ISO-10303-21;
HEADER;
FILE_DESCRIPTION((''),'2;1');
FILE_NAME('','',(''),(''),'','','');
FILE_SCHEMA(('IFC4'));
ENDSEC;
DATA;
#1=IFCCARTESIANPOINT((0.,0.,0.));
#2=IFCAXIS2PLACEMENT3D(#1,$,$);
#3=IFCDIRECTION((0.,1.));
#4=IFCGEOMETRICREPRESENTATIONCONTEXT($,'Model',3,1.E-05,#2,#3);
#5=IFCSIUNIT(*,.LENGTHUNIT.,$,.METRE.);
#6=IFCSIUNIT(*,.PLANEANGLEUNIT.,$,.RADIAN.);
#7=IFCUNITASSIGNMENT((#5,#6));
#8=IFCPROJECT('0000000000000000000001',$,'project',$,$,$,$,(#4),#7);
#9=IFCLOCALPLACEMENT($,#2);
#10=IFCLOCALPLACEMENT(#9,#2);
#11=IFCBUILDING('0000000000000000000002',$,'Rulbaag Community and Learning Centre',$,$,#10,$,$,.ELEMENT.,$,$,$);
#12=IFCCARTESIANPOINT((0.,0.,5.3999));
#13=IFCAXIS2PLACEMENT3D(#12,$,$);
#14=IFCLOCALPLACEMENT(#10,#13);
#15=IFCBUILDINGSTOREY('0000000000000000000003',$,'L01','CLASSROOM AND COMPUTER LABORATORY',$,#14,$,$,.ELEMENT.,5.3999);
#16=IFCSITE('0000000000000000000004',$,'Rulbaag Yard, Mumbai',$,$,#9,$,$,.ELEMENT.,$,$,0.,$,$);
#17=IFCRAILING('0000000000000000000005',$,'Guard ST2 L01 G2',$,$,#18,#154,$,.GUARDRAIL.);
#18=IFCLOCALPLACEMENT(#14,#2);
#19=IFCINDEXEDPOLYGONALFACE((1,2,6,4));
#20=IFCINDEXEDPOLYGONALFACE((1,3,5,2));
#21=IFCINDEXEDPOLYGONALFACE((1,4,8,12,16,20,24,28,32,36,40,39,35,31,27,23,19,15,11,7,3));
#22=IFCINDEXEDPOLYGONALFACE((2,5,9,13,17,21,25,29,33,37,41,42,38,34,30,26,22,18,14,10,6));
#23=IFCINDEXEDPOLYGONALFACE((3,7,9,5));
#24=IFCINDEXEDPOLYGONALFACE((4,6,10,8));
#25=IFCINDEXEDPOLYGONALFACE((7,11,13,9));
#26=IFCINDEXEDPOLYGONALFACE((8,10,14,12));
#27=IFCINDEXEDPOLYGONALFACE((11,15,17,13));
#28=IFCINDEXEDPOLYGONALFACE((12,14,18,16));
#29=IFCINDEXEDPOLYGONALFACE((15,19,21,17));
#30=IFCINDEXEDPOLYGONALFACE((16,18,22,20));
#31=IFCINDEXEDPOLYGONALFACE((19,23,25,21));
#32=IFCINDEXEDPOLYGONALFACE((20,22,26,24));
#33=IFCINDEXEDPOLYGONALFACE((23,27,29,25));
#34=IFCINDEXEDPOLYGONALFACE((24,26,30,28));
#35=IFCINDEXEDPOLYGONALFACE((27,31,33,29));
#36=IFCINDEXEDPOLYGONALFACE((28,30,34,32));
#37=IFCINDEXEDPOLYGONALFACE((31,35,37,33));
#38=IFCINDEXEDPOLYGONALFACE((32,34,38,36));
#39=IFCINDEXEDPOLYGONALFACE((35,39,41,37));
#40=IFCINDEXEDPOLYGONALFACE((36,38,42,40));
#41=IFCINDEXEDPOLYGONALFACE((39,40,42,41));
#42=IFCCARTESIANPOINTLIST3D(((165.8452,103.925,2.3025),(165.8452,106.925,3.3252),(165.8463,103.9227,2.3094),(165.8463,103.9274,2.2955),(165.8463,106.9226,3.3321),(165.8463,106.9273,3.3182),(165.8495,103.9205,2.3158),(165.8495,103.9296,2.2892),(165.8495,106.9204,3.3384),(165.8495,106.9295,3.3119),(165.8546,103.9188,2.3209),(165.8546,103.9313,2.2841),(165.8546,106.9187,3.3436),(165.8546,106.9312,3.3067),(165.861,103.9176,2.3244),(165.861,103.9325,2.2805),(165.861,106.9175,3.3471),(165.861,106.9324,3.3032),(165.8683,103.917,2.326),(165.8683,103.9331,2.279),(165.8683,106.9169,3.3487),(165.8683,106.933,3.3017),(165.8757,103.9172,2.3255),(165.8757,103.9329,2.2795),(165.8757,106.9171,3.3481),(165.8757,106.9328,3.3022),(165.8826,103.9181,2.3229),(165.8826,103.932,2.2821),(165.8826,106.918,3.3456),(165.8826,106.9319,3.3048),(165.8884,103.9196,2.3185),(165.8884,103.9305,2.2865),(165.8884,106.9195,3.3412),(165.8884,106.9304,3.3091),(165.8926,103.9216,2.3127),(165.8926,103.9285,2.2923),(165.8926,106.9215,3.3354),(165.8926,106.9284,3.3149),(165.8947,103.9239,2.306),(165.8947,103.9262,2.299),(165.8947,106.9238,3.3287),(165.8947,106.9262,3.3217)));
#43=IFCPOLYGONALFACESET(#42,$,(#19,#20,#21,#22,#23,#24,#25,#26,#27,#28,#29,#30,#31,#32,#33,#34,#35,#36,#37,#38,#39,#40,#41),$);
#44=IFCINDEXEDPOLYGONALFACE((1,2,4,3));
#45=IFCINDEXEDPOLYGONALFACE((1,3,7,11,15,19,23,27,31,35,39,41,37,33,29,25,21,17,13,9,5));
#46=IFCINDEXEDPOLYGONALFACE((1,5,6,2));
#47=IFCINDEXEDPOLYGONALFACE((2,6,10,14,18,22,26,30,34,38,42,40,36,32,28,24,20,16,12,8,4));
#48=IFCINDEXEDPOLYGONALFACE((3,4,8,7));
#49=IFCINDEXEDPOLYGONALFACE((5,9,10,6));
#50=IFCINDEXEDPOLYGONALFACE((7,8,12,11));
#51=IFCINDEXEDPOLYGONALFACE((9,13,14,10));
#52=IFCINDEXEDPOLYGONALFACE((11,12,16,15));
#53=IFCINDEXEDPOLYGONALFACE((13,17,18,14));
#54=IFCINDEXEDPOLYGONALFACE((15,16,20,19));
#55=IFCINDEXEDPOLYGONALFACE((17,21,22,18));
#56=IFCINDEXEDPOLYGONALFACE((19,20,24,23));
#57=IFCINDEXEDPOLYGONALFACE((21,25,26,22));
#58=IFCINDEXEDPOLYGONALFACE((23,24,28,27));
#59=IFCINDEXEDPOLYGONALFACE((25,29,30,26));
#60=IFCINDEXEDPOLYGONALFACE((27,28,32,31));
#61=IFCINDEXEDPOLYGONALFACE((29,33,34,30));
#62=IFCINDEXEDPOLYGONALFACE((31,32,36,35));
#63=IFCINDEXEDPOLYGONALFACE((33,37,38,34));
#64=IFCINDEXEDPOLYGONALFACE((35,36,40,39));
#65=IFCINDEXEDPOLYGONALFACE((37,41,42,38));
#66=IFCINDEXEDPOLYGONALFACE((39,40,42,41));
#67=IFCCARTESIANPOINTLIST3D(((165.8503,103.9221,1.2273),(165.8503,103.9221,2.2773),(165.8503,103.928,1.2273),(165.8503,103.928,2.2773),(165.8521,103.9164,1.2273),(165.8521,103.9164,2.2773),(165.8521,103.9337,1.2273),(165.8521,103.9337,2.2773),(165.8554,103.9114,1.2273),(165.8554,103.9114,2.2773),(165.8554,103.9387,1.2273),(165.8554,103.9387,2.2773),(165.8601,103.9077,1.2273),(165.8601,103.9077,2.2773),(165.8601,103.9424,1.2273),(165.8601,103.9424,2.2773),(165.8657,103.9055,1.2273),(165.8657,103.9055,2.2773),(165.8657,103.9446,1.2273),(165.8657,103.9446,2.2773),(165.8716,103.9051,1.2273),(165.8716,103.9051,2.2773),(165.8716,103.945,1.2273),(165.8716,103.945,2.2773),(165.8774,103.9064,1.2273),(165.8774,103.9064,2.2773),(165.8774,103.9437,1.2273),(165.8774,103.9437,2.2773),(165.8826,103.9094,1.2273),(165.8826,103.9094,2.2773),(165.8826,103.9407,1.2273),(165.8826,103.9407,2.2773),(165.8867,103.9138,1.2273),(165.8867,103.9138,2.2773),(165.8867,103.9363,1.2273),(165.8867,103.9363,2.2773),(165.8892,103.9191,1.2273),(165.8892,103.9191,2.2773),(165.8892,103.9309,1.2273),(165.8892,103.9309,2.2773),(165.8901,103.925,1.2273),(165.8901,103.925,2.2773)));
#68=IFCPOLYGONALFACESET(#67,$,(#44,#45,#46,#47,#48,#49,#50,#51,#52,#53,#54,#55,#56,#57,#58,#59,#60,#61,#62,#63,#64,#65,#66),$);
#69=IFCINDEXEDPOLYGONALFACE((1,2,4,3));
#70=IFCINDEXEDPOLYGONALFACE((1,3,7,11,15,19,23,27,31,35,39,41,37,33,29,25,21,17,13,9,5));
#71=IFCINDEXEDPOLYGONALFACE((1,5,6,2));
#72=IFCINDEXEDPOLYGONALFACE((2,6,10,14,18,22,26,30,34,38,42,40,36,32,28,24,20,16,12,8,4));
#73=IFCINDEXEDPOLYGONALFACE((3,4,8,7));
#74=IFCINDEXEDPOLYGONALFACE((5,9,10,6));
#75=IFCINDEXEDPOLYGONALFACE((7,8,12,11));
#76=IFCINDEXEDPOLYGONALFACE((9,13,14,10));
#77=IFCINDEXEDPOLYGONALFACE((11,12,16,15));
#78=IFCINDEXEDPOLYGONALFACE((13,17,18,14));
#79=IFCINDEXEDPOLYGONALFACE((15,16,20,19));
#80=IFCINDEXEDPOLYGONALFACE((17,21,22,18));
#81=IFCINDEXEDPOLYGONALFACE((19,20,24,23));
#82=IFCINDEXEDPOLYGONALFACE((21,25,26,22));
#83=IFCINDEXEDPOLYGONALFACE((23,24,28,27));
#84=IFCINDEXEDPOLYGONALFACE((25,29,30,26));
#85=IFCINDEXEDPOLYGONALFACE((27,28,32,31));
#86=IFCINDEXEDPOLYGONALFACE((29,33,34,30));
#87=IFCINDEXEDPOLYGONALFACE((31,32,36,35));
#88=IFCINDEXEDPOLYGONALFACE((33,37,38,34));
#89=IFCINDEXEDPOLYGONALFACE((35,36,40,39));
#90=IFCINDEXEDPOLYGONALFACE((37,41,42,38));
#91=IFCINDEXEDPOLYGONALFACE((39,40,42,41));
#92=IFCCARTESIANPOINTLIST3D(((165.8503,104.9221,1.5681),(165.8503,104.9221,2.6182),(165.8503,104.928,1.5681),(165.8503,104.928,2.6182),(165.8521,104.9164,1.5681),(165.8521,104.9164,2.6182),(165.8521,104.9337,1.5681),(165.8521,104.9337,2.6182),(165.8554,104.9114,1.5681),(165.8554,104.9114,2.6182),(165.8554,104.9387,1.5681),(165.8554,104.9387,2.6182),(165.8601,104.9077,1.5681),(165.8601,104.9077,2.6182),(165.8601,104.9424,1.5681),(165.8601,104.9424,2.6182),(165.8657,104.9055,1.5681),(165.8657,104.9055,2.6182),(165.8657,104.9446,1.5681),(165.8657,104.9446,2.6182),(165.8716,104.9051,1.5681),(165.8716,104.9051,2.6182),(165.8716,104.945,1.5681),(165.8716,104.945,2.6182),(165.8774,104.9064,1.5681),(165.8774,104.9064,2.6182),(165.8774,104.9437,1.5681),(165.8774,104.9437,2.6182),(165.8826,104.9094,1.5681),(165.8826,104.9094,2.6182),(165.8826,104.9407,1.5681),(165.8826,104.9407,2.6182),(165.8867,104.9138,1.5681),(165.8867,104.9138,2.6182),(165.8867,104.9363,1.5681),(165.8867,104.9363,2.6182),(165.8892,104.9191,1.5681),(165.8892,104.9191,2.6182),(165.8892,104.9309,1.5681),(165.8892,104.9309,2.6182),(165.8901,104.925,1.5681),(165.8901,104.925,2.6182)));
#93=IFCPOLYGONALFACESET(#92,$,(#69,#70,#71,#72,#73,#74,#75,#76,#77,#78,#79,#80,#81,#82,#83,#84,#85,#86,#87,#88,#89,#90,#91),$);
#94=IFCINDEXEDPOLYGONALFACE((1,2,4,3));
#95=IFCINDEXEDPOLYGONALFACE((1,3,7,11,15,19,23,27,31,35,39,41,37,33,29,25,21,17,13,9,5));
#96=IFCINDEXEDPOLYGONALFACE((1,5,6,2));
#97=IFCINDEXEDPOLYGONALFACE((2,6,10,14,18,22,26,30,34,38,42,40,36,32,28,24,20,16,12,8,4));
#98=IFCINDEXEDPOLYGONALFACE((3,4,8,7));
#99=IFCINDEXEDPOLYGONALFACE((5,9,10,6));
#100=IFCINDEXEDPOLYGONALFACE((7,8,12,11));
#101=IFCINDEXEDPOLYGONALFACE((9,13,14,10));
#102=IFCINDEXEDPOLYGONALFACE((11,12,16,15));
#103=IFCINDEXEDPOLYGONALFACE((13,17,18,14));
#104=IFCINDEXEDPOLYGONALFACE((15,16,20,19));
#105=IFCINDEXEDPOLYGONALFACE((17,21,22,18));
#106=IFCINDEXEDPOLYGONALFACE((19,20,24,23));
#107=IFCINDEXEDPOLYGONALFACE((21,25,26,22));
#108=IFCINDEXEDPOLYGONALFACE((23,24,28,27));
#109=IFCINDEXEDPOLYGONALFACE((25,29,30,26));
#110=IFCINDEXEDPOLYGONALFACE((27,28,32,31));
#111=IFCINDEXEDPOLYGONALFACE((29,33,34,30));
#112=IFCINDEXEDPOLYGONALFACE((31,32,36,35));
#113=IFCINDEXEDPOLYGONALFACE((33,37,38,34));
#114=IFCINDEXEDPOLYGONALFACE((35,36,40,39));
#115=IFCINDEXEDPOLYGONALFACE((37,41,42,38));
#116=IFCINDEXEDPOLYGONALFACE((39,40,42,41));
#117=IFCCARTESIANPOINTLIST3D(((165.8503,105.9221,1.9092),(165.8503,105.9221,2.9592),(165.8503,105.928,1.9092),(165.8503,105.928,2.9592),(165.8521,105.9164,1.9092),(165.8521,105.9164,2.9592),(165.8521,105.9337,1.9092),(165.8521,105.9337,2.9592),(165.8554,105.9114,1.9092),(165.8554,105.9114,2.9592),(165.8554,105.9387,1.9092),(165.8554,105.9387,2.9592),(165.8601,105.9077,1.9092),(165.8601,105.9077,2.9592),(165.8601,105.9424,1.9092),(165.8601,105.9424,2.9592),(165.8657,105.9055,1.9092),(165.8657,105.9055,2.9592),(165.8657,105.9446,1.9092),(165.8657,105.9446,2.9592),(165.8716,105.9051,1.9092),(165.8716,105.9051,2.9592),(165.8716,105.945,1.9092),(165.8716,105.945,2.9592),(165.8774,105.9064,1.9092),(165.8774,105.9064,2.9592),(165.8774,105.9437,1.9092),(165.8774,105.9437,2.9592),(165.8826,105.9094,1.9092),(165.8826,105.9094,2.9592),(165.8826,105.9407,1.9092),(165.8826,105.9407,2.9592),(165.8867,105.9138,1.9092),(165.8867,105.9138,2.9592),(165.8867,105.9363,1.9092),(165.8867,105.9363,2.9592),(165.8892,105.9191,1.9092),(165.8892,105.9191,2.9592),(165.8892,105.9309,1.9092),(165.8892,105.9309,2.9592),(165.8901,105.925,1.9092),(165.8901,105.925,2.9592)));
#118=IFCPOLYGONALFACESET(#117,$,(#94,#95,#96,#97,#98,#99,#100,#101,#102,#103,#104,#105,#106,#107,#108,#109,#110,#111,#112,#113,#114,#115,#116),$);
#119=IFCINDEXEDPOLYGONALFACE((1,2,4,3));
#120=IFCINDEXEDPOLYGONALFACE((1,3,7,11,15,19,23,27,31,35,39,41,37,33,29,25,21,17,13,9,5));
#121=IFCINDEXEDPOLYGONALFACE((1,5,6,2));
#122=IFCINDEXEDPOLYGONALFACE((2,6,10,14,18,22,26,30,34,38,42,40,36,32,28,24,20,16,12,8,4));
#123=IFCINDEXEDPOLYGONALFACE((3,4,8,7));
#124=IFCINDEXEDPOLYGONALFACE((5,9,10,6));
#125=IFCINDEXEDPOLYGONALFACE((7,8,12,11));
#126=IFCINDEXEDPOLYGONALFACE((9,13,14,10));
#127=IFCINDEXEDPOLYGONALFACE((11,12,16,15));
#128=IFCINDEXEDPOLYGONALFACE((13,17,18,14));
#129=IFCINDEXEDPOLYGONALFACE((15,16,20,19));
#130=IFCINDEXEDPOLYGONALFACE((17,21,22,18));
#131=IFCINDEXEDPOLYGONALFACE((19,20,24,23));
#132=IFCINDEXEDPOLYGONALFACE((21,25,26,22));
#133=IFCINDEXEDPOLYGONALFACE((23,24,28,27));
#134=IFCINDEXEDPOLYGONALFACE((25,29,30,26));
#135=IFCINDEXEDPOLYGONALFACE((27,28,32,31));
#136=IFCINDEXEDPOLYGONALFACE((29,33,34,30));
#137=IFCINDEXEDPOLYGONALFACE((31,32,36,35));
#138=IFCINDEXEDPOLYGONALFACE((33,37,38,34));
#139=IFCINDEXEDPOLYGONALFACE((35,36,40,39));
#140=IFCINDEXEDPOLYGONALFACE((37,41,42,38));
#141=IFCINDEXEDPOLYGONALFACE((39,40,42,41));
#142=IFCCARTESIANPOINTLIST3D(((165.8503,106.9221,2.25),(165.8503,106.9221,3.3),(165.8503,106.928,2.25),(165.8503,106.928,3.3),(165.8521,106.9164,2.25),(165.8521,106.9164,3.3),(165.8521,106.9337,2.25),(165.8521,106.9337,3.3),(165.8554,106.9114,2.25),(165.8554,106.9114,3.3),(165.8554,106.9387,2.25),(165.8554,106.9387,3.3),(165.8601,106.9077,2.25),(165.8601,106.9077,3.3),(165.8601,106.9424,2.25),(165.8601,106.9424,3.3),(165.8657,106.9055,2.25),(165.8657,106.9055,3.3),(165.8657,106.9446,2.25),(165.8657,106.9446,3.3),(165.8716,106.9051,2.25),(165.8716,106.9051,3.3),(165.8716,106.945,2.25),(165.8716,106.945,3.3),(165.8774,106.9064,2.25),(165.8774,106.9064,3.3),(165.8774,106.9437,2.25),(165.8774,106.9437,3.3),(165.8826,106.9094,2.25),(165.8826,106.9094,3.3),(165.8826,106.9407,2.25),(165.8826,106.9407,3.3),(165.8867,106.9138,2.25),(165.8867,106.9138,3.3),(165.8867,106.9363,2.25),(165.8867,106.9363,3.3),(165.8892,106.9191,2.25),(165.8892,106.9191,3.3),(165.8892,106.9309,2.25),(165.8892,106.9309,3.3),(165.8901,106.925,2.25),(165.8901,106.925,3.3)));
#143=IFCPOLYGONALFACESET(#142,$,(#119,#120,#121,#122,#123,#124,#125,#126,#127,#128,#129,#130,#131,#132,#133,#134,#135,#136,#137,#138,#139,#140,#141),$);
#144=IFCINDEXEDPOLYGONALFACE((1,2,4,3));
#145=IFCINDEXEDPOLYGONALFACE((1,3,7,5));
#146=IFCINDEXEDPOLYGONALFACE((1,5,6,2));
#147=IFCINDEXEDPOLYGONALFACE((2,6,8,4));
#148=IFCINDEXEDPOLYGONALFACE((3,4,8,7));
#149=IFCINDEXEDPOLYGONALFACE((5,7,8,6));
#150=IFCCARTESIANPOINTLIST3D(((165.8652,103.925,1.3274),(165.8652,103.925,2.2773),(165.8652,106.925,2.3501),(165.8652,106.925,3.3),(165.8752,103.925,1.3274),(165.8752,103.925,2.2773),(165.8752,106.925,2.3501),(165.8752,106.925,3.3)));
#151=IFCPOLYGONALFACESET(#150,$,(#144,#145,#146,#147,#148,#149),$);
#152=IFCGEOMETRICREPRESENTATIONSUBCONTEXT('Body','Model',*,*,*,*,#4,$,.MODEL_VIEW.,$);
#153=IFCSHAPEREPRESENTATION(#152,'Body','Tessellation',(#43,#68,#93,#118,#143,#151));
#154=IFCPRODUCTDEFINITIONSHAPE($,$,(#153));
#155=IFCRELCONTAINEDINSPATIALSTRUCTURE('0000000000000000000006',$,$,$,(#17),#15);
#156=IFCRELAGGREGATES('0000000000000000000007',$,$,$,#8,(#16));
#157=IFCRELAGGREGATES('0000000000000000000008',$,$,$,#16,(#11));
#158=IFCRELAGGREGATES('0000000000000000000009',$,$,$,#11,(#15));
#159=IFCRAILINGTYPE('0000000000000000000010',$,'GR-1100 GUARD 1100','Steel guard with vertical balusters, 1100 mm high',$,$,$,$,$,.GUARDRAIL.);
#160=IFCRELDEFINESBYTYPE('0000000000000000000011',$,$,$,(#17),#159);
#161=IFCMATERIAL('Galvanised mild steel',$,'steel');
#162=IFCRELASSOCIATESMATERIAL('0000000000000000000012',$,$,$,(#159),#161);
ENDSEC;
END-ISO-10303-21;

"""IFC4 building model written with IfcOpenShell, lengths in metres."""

from ifc_helpers import new_model, si_unit, direction, frame, origin, origin_2d, place, context, subcontext, project, spatial, polyline, circle, outline, extrude, material, type_object, element, save


model = new_model("IFC4")

# Units and contexts
model_context = context("Model", 3, precision=1e-05, world=origin(), true_north=direction((0.0, 1.0)))
body_context = subcontext(model_context, "Body", "Model", "MODEL_VIEW")
ifc_project = project(units=[si_unit("LENGTHUNIT", "METRE"), si_unit("PLANEANGLEUNIT", "RADIAN")], contexts=[model_context])

# Site, building, storey
site_placement = place(None, origin())
site = spatial("IfcSite", under=ifc_project, at=site_placement, Name="Rulbaag Yard, Mumbai", CompositionType="ELEMENT", RefElevation=0.0)
building_placement = place(site_placement, origin())
building = spatial("IfcBuilding", under=site, at=building_placement, Name="Rulbaag Community and Learning Centre", CompositionType="ELEMENT")
storey_placement = place(building_placement, frame((0.0, 0.0, 5.3999)))
storey = spatial("IfcBuildingStorey", under=building, at=storey_placement, Name="L01", Description="CLASSROOM AND COMPUTER LABORATORY", CompositionType="ELEMENT", Elevation=5.3999)

# Railing
ifc_material_1 = material(Name="Galvanised mild steel", Category="steel")
railing_type_1 = type_object("IfcRailingType", Name="GR-1100 GUARD 1100", Description="Steel guard with vertical balusters, 1100 mm high", PredefinedType="GUARDRAIL", material=ifc_material_1)
railing_1_placement = place(storey_placement, frame((165.8701, 103.925, 1.2273)))
element("IfcRailing", 1, at=railing_1_placement, inside=storey, type_object=railing_type_1, Name="Guard ST2 L01 G2", PredefinedType="GUARDRAIL", context=body_context, shape_type="SweptSolid", body=[
    extrude(circle(Radius=0.0249, at=origin_2d()), frame((0.0, 0.0, 1.0752), z_axis=(0.0, 0.946512, 0.322668), x_axis=(-1.0, 0.0, 0.0)), (0.0, 0.0, 1.0), 3.1694),
    extrude(circle(Radius=0.02, at=origin_2d()), origin(), (0.0, 0.0, 1.0), 1.05),
    extrude(circle(Radius=0.02, at=origin_2d()), frame((0.0, 1.0, 0.3408)), (0.0, 0.0, 1.0), 1.05),
    extrude(circle(Radius=0.02, at=origin_2d()), frame((0.0, 2.0, 0.6819)), (0.0, 0.0, 1.0), 1.05),
    extrude(circle(Radius=0.02, at=origin_2d()), frame((0.0, 3.0, 1.0227)), (0.0, 0.0, 1.0), 1.05),
    extrude(outline(polyline([(0.0, 0.0), (3.0, 1.0227), (3.0, 1.9727), (0.0, 0.95), (0.0, 0.0)])), frame((-0.0049, 0.0, 0.1001), z_axis=(1.0, 0.0, 0.0), x_axis=(0.0, 1.0, 0.0)), (0.0, 0.0, 1.0), 0.01),
])

save(model, "model.ifc")
